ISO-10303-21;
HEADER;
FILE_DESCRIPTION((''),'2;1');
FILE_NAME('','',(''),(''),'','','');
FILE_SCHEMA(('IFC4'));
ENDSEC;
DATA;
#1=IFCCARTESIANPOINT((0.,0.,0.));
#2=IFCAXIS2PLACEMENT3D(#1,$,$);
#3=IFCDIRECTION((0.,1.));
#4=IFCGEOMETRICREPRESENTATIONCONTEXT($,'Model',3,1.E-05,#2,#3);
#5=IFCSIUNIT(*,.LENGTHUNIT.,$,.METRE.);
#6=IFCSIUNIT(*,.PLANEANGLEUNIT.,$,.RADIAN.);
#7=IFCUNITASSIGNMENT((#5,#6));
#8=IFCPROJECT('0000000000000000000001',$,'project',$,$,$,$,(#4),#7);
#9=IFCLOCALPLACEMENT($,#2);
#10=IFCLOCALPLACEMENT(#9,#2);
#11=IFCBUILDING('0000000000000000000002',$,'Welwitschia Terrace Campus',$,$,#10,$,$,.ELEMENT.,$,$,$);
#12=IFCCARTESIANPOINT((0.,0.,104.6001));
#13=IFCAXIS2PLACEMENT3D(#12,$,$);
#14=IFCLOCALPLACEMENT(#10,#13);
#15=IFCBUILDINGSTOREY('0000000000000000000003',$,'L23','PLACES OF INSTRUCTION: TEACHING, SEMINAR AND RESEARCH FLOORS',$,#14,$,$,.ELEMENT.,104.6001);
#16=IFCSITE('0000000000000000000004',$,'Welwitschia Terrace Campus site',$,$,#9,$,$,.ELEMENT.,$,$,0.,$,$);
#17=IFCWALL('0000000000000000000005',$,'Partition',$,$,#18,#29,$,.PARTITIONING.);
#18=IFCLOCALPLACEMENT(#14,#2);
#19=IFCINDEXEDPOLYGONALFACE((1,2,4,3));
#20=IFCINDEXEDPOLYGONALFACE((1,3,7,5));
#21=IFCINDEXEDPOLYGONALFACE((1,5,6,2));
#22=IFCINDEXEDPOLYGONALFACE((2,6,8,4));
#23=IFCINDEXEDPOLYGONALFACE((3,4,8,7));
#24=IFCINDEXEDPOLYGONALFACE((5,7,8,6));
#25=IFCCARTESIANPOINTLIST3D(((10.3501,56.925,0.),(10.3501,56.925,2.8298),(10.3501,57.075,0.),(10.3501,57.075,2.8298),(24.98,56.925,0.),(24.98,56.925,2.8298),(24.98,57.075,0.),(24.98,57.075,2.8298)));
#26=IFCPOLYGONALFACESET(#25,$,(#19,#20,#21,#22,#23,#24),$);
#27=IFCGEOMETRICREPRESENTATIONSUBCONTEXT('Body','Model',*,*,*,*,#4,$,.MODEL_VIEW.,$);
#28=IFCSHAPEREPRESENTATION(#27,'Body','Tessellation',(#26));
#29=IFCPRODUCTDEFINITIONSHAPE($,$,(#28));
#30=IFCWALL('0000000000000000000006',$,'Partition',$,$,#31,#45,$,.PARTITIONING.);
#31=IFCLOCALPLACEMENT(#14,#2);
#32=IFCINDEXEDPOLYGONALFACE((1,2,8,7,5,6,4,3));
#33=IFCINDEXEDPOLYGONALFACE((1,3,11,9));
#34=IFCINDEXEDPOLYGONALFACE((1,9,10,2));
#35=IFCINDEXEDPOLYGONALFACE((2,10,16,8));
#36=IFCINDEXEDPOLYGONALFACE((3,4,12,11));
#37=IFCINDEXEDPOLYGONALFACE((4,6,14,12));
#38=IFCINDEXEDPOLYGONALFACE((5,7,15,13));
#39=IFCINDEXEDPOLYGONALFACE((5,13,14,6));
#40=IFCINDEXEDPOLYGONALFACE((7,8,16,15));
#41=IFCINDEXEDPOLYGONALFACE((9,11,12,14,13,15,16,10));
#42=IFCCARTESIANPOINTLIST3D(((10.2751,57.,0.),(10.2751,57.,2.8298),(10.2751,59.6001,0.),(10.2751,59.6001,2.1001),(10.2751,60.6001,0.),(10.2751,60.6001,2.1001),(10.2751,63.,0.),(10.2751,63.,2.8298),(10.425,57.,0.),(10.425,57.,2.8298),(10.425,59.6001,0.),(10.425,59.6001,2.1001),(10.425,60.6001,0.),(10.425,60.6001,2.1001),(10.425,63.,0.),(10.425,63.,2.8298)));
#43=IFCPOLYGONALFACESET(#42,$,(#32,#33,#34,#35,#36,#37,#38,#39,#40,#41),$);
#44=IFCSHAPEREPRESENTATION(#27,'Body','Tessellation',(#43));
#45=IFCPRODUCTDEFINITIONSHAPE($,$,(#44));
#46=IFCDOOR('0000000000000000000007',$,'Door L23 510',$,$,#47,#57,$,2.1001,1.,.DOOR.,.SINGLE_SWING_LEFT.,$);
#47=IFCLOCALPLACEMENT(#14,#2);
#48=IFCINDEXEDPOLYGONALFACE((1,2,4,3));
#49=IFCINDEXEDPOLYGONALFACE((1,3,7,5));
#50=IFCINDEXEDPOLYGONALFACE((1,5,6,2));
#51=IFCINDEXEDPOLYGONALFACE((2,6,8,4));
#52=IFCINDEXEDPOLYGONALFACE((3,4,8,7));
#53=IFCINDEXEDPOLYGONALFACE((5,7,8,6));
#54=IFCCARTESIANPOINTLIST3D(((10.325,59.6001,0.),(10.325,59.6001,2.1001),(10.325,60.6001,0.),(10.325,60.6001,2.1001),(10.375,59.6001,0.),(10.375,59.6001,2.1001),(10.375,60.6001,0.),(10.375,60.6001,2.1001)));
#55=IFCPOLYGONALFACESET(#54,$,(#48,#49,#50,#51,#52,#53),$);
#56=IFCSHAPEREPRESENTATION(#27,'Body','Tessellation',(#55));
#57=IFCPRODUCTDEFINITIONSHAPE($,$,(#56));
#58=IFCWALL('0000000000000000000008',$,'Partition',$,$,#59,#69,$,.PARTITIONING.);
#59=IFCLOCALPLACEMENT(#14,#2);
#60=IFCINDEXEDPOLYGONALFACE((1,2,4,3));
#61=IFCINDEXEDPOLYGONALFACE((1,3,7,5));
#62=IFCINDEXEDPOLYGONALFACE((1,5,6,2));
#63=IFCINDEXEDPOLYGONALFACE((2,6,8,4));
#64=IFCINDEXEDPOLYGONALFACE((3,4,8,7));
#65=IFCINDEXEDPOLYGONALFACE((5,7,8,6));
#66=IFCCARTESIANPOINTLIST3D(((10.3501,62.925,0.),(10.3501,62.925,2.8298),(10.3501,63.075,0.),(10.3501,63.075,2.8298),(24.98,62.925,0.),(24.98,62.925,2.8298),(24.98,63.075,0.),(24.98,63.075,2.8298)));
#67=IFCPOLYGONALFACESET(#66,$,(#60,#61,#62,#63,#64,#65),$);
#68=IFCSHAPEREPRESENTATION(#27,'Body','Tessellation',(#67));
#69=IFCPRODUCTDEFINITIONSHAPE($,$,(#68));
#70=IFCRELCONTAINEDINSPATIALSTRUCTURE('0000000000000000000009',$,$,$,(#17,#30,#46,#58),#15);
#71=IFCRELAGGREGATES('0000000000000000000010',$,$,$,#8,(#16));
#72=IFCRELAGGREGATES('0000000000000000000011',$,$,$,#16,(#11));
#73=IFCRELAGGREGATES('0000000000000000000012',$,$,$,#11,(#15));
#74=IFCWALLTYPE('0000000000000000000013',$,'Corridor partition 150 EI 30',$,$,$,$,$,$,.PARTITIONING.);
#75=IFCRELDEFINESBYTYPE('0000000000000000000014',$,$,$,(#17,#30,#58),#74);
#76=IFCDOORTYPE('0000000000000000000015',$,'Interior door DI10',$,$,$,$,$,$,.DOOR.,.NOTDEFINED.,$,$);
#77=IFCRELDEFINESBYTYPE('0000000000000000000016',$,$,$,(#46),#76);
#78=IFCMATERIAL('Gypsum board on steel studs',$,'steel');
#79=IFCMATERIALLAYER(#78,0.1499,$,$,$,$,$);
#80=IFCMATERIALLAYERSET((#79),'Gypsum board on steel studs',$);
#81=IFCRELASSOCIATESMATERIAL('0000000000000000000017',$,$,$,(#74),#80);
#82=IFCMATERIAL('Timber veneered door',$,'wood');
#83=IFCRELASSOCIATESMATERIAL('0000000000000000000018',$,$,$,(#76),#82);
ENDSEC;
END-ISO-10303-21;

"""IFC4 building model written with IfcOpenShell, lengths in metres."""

from ifc_helpers import new_model, si_unit, direction, frame, frame_2d, origin, place, context, subcontext, project, spatial, rectangle, extrude, material, layer, layer_set, type_object, element, fill, save


model = new_model("IFC4")

# Units and contexts
model_context = context("Model", 3, precision=1e-05, world=origin(), true_north=direction((0.0, 1.0)))
body_context = subcontext(model_context, "Body", "Model", "MODEL_VIEW")
ifc_project = project(units=[si_unit("LENGTHUNIT", "METRE"), si_unit("PLANEANGLEUNIT", "RADIAN")], contexts=[model_context])

# Site, building, storey
site_placement = place(None, origin())
site = spatial("IfcSite", under=ifc_project, at=site_placement, Name="Welwitschia Terrace Campus site", CompositionType="ELEMENT", RefElevation=0.0)
building_placement = place(site_placement, origin())
building = spatial("IfcBuilding", under=site, at=building_placement, Name="Welwitschia Terrace Campus", CompositionType="ELEMENT")
storey_placement = place(building_placement, frame((0.0, 0.0, 104.6001)))
storey = spatial("IfcBuildingStorey", under=building, at=storey_placement, Name="L23", Description="PLACES OF INSTRUCTION: TEACHING, SEMINAR AND RESEARCH FLOORS", CompositionType="ELEMENT", Elevation=104.6001)

# Shared definitions
ifc_material_1 = material(Name="Gypsum board on steel studs", Category="steel")
ifc_layer_1 = layer(ifc_material_1, 0.1499)
ifc_layer_set_1 = layer_set([ifc_layer_1], Name="Gypsum board on steel studs")
wall_type = type_object("IfcWallType", Name="Corridor partition 150 EI 30", PredefinedType="PARTITIONING", material=ifc_layer_set_1)

# Shared definitions
ifc_material_2 = material(Name="Timber veneered door", Category="wood")
door_type_1 = type_object("IfcDoorType", Name="Interior door DI10", OperationType="NOTDEFINED", PredefinedType="DOOR", material=ifc_material_2)

# Wall
wall_1_placement = place(storey_placement, frame((10.3501, 57.0, 0.0), z_axis=(0.0, 0.0, 1.0), x_axis=(1.0, 0.0, 0.0)))
element("IfcWall", 1, at=wall_1_placement, inside=storey, type_object=wall_type, Name="Partition", PredefinedType="PARTITIONING", context=body_context, shape_type="SweptSolid", body=[
    extrude(rectangle(XDim=14.6299, YDim=0.1499, at=frame_2d((7.3149, 0.0))), origin(), (0.0, 0.0, 1.0), 2.8298),
])

# Wall, opening, door
wall_2_placement = place(storey_placement, frame((10.3501, 63.0, 0.0), z_axis=(0.0, 0.0, 1.0), x_axis=(0.0, -1.0, 0.0)))
wall_2 = element("IfcWall", 2, at=wall_2_placement, inside=storey, type_object=wall_type, Name="Partition", PredefinedType="PARTITIONING", context=body_context, shape_type="SweptSolid", body=[
    extrude(rectangle(XDim=6.0, YDim=0.1499, at=frame_2d((3.0, 0.0))), origin(), (0.0, 0.0, 1.0), 2.8298),
])
opening_1_placement = place(wall_2_placement, frame((2.3999, 0.0, 0.0)))
opening_1 = element("IfcOpeningElement", 3, at=opening_1_placement, cuts=wall_2, PredefinedType="OPENING", context=body_context, shape_type="SweptSolid", body=[
    extrude(rectangle(XDim=1.0, YDim=2.1001, at=frame_2d((0.5, 1.05))), frame((0.0, 0.085, 0.0), z_axis=(0.0, -1.0, 0.0), x_axis=(1.0, 0.0, 0.0)), (0.0, 0.0, 1.0), 0.1699),
])
door_1_placement = place(opening_1_placement, origin())
door_1 = element("IfcDoor", 4, at=door_1_placement, inside=storey, type_object=door_type_1, Name="Door L23 510", OperationType="SINGLE_SWING_LEFT", OverallHeight=2.1001, OverallWidth=1.0, PredefinedType="DOOR", context=body_context, shape_type="SweptSolid", body=[
    extrude(rectangle(XDim=1.0, YDim=2.1001, at=frame_2d((0.5, 1.05))), frame((0.0, 0.0249, 0.0), z_axis=(0.0, -1.0, 0.0), x_axis=(1.0, 0.0, 0.0)), (0.0, 0.0, 1.0), 0.05),
])
fill(opening_1, door_1)

# Wall
wall_3_placement = place(storey_placement, frame((10.3501, 63.0, 0.0), z_axis=(0.0, 0.0, 1.0), x_axis=(1.0, 0.0, 0.0)))
element("IfcWall", 5, at=wall_3_placement, inside=storey, type_object=wall_type, Name="Partition", PredefinedType="PARTITIONING", context=body_context, shape_type="SweptSolid", body=[
    extrude(rectangle(XDim=14.6299, YDim=0.1499, at=frame_2d((7.3149, 0.0))), origin(), (0.0, 0.0, 1.0), 2.8298),
])

save(model, "model.ifc")
